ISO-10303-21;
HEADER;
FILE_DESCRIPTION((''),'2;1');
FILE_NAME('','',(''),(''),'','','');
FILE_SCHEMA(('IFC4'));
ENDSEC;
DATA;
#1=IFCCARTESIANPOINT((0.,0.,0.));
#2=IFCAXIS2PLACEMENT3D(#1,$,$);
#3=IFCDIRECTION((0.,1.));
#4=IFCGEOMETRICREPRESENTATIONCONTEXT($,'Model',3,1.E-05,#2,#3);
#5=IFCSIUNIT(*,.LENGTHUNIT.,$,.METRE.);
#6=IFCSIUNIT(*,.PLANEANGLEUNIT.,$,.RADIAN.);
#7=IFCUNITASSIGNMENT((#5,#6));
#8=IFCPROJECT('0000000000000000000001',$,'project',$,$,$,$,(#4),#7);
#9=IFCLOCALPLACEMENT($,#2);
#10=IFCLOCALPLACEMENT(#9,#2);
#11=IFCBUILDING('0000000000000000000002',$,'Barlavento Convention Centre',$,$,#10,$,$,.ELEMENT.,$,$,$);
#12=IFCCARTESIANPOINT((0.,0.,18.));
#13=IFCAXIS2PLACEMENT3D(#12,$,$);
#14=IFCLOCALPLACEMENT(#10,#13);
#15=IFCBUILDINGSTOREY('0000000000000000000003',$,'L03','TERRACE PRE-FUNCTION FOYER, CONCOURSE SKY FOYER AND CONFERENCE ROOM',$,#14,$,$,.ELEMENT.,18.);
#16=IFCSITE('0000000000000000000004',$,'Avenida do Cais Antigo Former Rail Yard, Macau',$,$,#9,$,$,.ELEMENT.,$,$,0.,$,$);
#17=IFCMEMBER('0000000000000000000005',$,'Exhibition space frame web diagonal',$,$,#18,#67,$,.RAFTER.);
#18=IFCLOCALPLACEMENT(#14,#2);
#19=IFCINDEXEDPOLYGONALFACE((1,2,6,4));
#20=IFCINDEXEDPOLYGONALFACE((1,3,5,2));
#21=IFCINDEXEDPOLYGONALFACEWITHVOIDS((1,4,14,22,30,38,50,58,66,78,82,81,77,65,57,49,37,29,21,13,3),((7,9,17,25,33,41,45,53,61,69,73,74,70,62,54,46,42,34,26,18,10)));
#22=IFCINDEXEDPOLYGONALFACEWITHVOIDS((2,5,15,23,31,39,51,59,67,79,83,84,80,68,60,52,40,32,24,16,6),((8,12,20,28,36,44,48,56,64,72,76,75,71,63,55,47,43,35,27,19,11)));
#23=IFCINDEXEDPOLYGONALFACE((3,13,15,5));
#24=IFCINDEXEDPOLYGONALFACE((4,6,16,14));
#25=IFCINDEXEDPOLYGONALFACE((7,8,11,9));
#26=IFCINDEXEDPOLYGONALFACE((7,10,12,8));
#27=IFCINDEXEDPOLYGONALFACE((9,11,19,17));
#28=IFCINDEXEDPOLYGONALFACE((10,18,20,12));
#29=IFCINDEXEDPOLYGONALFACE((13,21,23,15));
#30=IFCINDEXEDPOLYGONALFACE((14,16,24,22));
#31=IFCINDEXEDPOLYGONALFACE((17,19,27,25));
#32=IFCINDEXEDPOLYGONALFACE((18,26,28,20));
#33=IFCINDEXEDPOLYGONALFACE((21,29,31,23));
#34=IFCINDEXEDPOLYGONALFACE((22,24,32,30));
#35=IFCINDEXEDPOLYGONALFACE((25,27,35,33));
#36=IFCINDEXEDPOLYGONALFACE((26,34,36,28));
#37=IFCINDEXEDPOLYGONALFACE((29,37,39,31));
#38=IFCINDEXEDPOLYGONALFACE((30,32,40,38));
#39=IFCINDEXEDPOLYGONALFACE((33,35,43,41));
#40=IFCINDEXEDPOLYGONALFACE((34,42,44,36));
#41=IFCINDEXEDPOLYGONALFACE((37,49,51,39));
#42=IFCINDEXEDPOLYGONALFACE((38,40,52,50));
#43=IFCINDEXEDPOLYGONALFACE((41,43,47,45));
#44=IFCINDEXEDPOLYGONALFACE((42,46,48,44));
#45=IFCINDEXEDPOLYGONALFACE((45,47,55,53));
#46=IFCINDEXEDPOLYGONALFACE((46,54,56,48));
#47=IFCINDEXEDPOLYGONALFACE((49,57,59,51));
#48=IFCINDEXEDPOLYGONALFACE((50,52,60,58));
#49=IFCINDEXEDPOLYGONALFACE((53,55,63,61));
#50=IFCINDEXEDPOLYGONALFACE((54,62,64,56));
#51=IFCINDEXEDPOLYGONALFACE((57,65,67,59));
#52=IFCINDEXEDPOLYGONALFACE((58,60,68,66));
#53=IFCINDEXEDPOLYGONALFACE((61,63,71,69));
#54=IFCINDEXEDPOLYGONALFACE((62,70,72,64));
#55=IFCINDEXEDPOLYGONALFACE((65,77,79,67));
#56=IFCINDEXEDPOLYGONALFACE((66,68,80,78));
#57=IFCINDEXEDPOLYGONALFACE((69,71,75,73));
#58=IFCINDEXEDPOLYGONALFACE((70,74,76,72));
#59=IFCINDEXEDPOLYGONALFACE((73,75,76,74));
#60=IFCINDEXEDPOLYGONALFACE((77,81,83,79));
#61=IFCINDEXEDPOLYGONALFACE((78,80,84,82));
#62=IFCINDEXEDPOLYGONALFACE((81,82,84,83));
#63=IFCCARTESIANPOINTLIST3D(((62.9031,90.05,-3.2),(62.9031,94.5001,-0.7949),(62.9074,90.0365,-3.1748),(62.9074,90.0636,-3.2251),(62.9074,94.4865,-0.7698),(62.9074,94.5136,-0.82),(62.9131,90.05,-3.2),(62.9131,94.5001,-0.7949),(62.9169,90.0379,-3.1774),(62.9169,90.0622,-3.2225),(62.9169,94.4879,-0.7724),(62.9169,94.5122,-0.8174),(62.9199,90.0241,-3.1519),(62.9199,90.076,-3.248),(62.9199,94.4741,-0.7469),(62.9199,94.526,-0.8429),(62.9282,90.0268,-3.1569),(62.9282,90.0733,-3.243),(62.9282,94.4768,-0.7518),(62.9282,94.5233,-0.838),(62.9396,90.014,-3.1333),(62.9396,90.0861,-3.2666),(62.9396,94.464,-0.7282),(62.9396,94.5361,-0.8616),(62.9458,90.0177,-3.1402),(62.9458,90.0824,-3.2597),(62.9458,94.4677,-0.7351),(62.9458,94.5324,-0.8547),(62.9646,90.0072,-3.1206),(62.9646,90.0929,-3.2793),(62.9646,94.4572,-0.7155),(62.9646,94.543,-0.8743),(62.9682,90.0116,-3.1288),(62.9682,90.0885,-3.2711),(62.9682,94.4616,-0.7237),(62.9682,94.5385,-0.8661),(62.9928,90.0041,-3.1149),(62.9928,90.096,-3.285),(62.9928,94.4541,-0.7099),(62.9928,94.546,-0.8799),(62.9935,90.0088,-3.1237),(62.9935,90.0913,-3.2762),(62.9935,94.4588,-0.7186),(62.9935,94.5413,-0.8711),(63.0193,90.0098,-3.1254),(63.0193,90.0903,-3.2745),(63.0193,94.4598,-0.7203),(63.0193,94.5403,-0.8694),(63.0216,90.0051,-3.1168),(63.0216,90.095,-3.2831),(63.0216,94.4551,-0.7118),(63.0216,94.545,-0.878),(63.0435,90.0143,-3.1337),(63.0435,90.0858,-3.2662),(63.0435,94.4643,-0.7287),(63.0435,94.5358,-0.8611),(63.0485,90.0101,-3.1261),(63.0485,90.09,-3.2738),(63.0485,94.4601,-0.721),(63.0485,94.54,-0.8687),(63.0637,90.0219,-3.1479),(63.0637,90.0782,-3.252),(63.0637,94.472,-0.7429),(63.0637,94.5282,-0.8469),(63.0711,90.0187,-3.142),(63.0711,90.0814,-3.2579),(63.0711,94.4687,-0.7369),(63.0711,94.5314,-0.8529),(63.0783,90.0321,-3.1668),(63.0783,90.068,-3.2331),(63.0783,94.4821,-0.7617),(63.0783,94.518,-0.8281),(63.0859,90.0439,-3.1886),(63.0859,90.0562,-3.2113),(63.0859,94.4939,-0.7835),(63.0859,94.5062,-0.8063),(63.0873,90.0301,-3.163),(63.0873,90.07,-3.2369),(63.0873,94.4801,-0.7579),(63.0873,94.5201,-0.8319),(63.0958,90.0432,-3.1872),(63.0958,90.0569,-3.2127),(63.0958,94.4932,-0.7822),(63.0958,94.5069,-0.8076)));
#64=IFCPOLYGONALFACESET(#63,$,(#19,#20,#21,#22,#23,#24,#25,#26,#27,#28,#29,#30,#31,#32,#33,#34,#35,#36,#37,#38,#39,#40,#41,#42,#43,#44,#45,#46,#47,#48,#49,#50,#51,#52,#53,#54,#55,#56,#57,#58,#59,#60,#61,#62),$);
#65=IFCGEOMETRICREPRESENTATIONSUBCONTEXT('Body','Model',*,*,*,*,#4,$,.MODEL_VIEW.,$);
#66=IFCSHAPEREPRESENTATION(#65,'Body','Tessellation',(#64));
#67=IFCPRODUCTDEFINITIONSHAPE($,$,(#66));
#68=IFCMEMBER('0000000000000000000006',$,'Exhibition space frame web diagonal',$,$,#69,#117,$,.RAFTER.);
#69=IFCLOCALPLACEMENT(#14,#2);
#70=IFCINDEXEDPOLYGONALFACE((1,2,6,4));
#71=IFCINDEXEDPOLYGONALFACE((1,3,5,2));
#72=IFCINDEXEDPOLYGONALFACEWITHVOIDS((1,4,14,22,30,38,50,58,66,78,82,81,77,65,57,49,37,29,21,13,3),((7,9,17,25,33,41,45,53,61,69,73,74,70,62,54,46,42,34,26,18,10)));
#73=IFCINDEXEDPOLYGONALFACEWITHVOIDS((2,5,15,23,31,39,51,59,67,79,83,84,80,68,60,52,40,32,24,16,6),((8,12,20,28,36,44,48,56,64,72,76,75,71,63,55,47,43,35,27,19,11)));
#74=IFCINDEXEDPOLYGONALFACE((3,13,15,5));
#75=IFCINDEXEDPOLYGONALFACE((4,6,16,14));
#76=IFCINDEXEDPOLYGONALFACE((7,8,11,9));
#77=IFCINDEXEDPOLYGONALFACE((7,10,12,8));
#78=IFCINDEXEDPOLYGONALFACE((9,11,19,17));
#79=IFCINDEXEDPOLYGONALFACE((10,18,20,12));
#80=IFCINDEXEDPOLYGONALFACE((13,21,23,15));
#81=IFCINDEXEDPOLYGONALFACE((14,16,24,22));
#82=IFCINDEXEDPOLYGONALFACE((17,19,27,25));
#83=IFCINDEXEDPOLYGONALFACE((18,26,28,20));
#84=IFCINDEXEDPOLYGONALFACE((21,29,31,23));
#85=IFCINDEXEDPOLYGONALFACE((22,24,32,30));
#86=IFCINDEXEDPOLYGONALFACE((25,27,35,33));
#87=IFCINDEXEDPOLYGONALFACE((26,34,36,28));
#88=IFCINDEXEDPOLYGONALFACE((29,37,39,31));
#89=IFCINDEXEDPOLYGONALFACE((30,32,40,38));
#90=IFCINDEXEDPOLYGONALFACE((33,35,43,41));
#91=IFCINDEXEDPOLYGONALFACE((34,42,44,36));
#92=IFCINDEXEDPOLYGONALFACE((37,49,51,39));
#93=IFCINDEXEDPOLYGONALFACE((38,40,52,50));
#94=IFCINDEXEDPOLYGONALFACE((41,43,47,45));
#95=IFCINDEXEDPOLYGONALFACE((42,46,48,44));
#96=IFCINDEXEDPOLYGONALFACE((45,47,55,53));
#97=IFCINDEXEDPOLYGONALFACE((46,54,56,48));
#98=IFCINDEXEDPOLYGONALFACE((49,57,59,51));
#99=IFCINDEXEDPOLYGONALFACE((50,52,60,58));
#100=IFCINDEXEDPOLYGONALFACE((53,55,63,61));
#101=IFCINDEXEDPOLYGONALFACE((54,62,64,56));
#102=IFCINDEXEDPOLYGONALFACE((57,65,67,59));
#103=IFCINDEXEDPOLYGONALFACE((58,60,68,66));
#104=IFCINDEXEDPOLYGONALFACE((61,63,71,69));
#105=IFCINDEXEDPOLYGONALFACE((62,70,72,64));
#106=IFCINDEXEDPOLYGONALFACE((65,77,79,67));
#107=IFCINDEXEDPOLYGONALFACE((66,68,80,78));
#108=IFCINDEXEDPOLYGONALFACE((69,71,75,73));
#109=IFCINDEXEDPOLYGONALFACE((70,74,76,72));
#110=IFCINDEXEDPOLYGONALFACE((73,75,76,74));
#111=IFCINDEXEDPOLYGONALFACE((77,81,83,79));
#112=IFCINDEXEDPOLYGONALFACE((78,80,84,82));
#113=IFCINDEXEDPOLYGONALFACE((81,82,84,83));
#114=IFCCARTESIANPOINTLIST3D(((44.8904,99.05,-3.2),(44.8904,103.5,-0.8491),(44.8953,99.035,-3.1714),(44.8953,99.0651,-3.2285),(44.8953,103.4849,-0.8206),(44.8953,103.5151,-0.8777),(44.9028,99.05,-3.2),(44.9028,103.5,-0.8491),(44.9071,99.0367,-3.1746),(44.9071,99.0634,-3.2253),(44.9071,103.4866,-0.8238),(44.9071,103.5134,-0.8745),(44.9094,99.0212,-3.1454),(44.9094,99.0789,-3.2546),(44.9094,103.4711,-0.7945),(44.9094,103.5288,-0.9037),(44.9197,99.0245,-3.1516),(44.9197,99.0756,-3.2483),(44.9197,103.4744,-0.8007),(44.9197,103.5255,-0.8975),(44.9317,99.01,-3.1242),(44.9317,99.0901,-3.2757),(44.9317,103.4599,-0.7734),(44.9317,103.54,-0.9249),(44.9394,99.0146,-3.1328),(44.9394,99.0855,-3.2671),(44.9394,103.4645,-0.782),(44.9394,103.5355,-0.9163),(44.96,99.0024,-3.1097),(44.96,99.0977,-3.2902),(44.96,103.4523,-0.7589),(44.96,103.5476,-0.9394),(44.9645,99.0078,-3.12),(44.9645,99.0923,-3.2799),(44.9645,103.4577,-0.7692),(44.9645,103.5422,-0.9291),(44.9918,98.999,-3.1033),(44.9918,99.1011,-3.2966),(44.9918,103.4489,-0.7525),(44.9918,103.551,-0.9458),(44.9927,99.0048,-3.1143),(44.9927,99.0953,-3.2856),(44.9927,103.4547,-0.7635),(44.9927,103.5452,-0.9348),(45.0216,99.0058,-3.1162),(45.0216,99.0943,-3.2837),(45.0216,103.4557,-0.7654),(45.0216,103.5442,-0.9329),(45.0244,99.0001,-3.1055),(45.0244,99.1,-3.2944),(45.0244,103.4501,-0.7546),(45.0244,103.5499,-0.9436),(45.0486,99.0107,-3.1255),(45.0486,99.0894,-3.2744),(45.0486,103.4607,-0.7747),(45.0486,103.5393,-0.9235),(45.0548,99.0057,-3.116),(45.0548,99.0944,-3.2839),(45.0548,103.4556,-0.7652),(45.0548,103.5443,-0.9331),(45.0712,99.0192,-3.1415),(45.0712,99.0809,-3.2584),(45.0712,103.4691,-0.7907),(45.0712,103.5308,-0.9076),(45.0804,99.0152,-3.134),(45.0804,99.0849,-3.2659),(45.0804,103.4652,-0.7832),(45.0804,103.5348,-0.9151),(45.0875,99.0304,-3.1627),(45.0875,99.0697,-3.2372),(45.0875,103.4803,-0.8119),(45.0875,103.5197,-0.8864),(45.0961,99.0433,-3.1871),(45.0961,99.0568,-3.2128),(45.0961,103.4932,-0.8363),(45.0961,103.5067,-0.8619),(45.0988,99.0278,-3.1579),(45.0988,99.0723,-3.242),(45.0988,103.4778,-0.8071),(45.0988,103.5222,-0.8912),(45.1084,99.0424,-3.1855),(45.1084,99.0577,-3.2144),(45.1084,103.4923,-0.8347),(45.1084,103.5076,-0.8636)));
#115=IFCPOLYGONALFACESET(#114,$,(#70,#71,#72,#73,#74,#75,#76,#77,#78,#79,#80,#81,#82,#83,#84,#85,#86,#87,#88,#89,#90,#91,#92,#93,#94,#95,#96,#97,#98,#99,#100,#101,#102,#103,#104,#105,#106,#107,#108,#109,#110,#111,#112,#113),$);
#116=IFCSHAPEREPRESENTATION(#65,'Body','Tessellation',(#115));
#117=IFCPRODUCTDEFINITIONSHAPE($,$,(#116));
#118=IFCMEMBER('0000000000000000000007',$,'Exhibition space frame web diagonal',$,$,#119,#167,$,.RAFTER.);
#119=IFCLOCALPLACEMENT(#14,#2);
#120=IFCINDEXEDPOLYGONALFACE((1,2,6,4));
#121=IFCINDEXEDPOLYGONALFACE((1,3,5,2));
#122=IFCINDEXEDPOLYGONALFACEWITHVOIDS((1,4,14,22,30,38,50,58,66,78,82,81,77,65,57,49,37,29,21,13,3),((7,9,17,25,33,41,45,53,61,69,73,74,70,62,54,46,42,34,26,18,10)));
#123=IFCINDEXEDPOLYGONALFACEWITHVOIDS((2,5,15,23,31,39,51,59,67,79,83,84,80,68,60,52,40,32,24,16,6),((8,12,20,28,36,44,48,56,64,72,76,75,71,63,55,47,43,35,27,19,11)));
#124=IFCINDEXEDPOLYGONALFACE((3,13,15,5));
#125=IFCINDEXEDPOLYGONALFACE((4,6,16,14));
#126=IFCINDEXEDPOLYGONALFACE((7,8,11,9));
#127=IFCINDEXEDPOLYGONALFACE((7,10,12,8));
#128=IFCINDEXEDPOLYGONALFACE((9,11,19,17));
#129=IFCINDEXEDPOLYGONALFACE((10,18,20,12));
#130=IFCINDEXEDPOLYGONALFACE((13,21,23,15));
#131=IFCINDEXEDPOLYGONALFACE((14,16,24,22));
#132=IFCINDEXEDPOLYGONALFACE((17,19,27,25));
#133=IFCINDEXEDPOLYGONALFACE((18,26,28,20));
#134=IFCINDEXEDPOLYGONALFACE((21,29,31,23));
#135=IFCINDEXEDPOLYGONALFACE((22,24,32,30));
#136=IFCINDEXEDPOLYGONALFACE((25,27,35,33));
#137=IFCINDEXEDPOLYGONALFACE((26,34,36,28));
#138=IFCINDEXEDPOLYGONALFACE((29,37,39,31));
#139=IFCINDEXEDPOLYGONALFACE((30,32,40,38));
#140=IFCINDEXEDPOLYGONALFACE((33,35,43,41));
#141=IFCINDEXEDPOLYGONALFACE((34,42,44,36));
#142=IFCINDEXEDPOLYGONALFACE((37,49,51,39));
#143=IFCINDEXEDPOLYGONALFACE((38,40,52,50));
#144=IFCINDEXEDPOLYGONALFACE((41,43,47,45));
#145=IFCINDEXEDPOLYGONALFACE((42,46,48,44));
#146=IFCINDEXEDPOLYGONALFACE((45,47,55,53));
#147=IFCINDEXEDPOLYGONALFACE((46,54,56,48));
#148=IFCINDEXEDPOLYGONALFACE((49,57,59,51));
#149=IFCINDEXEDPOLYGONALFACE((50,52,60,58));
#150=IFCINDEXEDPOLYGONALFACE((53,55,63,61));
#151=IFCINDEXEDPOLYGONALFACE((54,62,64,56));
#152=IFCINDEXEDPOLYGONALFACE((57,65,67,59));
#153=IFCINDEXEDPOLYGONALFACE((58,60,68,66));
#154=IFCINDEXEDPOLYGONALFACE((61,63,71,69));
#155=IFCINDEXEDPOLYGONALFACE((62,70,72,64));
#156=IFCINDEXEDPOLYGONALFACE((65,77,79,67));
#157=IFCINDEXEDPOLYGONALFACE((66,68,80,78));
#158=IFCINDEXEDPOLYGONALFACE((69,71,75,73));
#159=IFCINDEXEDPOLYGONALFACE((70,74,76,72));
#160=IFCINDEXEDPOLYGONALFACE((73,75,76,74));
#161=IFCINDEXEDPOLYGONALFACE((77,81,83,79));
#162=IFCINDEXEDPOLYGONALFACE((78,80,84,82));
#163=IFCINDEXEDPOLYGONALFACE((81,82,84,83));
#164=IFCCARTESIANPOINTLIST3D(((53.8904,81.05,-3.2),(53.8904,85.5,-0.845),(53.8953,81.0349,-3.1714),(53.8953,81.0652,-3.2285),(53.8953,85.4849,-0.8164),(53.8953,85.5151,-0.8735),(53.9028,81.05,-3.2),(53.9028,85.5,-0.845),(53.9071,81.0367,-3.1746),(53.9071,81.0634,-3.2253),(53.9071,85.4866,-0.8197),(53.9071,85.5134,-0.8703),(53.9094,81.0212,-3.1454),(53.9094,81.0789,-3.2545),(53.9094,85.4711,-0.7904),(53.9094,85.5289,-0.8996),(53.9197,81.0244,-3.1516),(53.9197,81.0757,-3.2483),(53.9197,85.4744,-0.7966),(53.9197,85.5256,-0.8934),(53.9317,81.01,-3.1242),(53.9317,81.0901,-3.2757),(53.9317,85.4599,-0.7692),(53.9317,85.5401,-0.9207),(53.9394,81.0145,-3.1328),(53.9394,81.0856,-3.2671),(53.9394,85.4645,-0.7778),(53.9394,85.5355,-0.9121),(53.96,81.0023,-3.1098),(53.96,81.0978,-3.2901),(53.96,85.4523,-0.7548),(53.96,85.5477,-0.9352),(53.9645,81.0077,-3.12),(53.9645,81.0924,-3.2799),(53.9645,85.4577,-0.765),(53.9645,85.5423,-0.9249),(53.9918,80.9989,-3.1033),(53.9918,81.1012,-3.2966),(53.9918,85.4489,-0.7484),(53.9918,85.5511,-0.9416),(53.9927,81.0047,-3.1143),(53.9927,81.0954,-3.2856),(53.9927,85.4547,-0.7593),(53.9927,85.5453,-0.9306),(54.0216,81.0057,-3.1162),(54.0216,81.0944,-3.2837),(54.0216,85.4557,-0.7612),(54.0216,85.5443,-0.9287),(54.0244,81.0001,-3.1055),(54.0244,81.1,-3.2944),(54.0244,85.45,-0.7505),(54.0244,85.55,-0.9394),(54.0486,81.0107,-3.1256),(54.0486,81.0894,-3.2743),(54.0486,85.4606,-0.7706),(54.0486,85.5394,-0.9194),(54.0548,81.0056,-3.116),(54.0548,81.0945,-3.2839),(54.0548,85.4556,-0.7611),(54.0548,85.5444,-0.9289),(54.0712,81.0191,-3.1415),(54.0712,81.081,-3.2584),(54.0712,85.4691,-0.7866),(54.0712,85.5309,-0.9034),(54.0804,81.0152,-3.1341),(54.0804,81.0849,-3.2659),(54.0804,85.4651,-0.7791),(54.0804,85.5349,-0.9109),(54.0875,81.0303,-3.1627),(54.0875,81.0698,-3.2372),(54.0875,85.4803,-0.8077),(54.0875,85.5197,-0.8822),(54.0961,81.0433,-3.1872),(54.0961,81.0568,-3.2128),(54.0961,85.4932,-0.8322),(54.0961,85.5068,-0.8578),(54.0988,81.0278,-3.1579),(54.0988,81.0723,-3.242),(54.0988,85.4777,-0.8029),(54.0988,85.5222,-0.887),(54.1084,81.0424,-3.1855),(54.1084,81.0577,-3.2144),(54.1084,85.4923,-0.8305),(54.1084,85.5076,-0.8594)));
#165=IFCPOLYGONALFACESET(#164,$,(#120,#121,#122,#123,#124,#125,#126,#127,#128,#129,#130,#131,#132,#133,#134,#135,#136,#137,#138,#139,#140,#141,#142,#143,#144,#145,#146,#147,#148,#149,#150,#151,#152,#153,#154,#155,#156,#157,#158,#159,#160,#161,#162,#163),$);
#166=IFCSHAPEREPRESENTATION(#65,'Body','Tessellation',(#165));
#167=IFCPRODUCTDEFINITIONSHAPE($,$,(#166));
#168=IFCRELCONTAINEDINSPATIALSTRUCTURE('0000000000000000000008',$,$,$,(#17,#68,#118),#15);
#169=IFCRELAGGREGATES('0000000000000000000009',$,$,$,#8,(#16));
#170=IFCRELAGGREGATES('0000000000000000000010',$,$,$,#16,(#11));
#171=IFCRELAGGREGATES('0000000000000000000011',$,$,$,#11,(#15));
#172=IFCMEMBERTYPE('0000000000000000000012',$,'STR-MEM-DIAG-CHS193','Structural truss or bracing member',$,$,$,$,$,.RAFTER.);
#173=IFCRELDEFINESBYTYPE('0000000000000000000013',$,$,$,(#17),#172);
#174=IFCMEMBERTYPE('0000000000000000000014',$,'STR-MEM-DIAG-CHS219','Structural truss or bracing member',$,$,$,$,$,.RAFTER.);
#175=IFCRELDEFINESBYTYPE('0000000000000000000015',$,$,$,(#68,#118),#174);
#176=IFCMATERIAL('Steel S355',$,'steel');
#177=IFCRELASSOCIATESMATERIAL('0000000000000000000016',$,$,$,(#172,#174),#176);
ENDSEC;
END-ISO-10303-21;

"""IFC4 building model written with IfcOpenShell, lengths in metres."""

from ifc_helpers import new_model, si_unit, direction, frame, origin, origin_2d, place, context, subcontext, project, spatial, hollow_circle, extrude, material, material_profile, profile_set, type_object, element, save


model = new_model("IFC4")

# Units and contexts
model_context = context("Model", 3, precision=1e-05, world=origin(), true_north=direction((0.0, 1.0)))
body_context = subcontext(model_context, "Body", "Model", "MODEL_VIEW")
ifc_project = project(units=[si_unit("LENGTHUNIT", "METRE"), si_unit("PLANEANGLEUNIT", "RADIAN")], contexts=[model_context])

# Site, building, storey
site_placement = place(None, origin())
site = spatial("IfcSite", under=ifc_project, at=site_placement, Name="Avenida do Cais Antigo Former Rail Yard, Macau", CompositionType="ELEMENT", RefElevation=0.0)
building_placement = place(site_placement, origin())
building = spatial("IfcBuilding", under=site, at=building_placement, Name="Barlavento Convention Centre", CompositionType="ELEMENT")
storey_placement = place(building_placement, frame((0.0, 0.0, 18.0)))
storey = spatial("IfcBuildingStorey", under=building, at=storey_placement, Name="L03", Description="TERRACE PRE-FUNCTION FOYER, CONCOURSE SKY FOYER AND CONFERENCE ROOM", CompositionType="ELEMENT", Elevation=18.0)

# Members
ifc_material_1 = material(Name="Steel S355", Category="steel")
ifc_material_profile_1 = material_profile(ifc_material_1, hollow_circle(Radius=0.0969, WallThickness=0.01, at=origin_2d()), Name="CHS 193.7x10.0")
ifc_profile_set_1 = profile_set([ifc_material_profile_1], Name="Steel S355")
member_type_1 = type_object("IfcMemberType", Name="STR-MEM-DIAG-CHS193", Description="Structural truss or bracing member", PredefinedType="RAFTER", material=ifc_profile_set_1)
member_1_placement = place(storey_placement, frame((63.0, 90.05, -3.2), z_axis=(0.0, 0.879735, 0.475464), x_axis=(-1.0, 0.0, 0.0)))
element("IfcMember", 1, at=member_1_placement, inside=storey, type_object=member_type_1, Name="Exhibition space frame web diagonal", PredefinedType="RAFTER", context=body_context, shape_type="SweptSolid", body=[
    extrude(hollow_circle(Radius=0.0969, WallThickness=0.01, at=origin_2d()), origin(), (0.0, 0.0, 1.0), 5.0583),
])
ifc_material_profile_2 = material_profile(ifc_material_1, hollow_circle(Radius=0.1096, WallThickness=0.0125, at=origin_2d()), Name="CHS 219.1x12.5")
ifc_profile_set_2 = profile_set([ifc_material_profile_2], Name="Steel S355")
member_type_2 = type_object("IfcMemberType", Name="STR-MEM-DIAG-CHS219", Description="Structural truss or bracing member", PredefinedType="RAFTER", material=ifc_profile_set_2)
member_2_placement = place(storey_placement, frame((45.0, 99.05, -3.2), z_axis=(0.0, 0.884201, 0.467107), x_axis=(-1.0, 0.0, 0.0)))
element("IfcMember", 2, at=member_2_placement, inside=storey, type_object=member_type_2, Name="Exhibition space frame web diagonal", PredefinedType="RAFTER", context=body_context, shape_type="SweptSolid", body=[
    extrude(hollow_circle(Radius=0.1096, WallThickness=0.0125, at=origin_2d()), origin(), (0.0, 0.0, 1.0), 5.0327),
])
for number, where, z_axis, x_axis, name in (
    (3, (54.0, 81.05, -3.2), (0.0, 0.88386, 0.467752), (-1.0, 0.0, 0.0), "Exhibition space frame web diagonal"),
):
    element("IfcMember", number, at=place(storey_placement, frame(where, z_axis=z_axis, x_axis=x_axis)), inside=storey, type_object=member_type_2, Name=name, PredefinedType="RAFTER", context=body_context, shape_type="SweptSolid", body=[
        extrude(hollow_circle(Radius=0.1096, WallThickness=0.0125, at=origin_2d()), origin(), (0.0, 0.0, 1.0), 5.0347),
    ])

save(model, "model.ifc")
